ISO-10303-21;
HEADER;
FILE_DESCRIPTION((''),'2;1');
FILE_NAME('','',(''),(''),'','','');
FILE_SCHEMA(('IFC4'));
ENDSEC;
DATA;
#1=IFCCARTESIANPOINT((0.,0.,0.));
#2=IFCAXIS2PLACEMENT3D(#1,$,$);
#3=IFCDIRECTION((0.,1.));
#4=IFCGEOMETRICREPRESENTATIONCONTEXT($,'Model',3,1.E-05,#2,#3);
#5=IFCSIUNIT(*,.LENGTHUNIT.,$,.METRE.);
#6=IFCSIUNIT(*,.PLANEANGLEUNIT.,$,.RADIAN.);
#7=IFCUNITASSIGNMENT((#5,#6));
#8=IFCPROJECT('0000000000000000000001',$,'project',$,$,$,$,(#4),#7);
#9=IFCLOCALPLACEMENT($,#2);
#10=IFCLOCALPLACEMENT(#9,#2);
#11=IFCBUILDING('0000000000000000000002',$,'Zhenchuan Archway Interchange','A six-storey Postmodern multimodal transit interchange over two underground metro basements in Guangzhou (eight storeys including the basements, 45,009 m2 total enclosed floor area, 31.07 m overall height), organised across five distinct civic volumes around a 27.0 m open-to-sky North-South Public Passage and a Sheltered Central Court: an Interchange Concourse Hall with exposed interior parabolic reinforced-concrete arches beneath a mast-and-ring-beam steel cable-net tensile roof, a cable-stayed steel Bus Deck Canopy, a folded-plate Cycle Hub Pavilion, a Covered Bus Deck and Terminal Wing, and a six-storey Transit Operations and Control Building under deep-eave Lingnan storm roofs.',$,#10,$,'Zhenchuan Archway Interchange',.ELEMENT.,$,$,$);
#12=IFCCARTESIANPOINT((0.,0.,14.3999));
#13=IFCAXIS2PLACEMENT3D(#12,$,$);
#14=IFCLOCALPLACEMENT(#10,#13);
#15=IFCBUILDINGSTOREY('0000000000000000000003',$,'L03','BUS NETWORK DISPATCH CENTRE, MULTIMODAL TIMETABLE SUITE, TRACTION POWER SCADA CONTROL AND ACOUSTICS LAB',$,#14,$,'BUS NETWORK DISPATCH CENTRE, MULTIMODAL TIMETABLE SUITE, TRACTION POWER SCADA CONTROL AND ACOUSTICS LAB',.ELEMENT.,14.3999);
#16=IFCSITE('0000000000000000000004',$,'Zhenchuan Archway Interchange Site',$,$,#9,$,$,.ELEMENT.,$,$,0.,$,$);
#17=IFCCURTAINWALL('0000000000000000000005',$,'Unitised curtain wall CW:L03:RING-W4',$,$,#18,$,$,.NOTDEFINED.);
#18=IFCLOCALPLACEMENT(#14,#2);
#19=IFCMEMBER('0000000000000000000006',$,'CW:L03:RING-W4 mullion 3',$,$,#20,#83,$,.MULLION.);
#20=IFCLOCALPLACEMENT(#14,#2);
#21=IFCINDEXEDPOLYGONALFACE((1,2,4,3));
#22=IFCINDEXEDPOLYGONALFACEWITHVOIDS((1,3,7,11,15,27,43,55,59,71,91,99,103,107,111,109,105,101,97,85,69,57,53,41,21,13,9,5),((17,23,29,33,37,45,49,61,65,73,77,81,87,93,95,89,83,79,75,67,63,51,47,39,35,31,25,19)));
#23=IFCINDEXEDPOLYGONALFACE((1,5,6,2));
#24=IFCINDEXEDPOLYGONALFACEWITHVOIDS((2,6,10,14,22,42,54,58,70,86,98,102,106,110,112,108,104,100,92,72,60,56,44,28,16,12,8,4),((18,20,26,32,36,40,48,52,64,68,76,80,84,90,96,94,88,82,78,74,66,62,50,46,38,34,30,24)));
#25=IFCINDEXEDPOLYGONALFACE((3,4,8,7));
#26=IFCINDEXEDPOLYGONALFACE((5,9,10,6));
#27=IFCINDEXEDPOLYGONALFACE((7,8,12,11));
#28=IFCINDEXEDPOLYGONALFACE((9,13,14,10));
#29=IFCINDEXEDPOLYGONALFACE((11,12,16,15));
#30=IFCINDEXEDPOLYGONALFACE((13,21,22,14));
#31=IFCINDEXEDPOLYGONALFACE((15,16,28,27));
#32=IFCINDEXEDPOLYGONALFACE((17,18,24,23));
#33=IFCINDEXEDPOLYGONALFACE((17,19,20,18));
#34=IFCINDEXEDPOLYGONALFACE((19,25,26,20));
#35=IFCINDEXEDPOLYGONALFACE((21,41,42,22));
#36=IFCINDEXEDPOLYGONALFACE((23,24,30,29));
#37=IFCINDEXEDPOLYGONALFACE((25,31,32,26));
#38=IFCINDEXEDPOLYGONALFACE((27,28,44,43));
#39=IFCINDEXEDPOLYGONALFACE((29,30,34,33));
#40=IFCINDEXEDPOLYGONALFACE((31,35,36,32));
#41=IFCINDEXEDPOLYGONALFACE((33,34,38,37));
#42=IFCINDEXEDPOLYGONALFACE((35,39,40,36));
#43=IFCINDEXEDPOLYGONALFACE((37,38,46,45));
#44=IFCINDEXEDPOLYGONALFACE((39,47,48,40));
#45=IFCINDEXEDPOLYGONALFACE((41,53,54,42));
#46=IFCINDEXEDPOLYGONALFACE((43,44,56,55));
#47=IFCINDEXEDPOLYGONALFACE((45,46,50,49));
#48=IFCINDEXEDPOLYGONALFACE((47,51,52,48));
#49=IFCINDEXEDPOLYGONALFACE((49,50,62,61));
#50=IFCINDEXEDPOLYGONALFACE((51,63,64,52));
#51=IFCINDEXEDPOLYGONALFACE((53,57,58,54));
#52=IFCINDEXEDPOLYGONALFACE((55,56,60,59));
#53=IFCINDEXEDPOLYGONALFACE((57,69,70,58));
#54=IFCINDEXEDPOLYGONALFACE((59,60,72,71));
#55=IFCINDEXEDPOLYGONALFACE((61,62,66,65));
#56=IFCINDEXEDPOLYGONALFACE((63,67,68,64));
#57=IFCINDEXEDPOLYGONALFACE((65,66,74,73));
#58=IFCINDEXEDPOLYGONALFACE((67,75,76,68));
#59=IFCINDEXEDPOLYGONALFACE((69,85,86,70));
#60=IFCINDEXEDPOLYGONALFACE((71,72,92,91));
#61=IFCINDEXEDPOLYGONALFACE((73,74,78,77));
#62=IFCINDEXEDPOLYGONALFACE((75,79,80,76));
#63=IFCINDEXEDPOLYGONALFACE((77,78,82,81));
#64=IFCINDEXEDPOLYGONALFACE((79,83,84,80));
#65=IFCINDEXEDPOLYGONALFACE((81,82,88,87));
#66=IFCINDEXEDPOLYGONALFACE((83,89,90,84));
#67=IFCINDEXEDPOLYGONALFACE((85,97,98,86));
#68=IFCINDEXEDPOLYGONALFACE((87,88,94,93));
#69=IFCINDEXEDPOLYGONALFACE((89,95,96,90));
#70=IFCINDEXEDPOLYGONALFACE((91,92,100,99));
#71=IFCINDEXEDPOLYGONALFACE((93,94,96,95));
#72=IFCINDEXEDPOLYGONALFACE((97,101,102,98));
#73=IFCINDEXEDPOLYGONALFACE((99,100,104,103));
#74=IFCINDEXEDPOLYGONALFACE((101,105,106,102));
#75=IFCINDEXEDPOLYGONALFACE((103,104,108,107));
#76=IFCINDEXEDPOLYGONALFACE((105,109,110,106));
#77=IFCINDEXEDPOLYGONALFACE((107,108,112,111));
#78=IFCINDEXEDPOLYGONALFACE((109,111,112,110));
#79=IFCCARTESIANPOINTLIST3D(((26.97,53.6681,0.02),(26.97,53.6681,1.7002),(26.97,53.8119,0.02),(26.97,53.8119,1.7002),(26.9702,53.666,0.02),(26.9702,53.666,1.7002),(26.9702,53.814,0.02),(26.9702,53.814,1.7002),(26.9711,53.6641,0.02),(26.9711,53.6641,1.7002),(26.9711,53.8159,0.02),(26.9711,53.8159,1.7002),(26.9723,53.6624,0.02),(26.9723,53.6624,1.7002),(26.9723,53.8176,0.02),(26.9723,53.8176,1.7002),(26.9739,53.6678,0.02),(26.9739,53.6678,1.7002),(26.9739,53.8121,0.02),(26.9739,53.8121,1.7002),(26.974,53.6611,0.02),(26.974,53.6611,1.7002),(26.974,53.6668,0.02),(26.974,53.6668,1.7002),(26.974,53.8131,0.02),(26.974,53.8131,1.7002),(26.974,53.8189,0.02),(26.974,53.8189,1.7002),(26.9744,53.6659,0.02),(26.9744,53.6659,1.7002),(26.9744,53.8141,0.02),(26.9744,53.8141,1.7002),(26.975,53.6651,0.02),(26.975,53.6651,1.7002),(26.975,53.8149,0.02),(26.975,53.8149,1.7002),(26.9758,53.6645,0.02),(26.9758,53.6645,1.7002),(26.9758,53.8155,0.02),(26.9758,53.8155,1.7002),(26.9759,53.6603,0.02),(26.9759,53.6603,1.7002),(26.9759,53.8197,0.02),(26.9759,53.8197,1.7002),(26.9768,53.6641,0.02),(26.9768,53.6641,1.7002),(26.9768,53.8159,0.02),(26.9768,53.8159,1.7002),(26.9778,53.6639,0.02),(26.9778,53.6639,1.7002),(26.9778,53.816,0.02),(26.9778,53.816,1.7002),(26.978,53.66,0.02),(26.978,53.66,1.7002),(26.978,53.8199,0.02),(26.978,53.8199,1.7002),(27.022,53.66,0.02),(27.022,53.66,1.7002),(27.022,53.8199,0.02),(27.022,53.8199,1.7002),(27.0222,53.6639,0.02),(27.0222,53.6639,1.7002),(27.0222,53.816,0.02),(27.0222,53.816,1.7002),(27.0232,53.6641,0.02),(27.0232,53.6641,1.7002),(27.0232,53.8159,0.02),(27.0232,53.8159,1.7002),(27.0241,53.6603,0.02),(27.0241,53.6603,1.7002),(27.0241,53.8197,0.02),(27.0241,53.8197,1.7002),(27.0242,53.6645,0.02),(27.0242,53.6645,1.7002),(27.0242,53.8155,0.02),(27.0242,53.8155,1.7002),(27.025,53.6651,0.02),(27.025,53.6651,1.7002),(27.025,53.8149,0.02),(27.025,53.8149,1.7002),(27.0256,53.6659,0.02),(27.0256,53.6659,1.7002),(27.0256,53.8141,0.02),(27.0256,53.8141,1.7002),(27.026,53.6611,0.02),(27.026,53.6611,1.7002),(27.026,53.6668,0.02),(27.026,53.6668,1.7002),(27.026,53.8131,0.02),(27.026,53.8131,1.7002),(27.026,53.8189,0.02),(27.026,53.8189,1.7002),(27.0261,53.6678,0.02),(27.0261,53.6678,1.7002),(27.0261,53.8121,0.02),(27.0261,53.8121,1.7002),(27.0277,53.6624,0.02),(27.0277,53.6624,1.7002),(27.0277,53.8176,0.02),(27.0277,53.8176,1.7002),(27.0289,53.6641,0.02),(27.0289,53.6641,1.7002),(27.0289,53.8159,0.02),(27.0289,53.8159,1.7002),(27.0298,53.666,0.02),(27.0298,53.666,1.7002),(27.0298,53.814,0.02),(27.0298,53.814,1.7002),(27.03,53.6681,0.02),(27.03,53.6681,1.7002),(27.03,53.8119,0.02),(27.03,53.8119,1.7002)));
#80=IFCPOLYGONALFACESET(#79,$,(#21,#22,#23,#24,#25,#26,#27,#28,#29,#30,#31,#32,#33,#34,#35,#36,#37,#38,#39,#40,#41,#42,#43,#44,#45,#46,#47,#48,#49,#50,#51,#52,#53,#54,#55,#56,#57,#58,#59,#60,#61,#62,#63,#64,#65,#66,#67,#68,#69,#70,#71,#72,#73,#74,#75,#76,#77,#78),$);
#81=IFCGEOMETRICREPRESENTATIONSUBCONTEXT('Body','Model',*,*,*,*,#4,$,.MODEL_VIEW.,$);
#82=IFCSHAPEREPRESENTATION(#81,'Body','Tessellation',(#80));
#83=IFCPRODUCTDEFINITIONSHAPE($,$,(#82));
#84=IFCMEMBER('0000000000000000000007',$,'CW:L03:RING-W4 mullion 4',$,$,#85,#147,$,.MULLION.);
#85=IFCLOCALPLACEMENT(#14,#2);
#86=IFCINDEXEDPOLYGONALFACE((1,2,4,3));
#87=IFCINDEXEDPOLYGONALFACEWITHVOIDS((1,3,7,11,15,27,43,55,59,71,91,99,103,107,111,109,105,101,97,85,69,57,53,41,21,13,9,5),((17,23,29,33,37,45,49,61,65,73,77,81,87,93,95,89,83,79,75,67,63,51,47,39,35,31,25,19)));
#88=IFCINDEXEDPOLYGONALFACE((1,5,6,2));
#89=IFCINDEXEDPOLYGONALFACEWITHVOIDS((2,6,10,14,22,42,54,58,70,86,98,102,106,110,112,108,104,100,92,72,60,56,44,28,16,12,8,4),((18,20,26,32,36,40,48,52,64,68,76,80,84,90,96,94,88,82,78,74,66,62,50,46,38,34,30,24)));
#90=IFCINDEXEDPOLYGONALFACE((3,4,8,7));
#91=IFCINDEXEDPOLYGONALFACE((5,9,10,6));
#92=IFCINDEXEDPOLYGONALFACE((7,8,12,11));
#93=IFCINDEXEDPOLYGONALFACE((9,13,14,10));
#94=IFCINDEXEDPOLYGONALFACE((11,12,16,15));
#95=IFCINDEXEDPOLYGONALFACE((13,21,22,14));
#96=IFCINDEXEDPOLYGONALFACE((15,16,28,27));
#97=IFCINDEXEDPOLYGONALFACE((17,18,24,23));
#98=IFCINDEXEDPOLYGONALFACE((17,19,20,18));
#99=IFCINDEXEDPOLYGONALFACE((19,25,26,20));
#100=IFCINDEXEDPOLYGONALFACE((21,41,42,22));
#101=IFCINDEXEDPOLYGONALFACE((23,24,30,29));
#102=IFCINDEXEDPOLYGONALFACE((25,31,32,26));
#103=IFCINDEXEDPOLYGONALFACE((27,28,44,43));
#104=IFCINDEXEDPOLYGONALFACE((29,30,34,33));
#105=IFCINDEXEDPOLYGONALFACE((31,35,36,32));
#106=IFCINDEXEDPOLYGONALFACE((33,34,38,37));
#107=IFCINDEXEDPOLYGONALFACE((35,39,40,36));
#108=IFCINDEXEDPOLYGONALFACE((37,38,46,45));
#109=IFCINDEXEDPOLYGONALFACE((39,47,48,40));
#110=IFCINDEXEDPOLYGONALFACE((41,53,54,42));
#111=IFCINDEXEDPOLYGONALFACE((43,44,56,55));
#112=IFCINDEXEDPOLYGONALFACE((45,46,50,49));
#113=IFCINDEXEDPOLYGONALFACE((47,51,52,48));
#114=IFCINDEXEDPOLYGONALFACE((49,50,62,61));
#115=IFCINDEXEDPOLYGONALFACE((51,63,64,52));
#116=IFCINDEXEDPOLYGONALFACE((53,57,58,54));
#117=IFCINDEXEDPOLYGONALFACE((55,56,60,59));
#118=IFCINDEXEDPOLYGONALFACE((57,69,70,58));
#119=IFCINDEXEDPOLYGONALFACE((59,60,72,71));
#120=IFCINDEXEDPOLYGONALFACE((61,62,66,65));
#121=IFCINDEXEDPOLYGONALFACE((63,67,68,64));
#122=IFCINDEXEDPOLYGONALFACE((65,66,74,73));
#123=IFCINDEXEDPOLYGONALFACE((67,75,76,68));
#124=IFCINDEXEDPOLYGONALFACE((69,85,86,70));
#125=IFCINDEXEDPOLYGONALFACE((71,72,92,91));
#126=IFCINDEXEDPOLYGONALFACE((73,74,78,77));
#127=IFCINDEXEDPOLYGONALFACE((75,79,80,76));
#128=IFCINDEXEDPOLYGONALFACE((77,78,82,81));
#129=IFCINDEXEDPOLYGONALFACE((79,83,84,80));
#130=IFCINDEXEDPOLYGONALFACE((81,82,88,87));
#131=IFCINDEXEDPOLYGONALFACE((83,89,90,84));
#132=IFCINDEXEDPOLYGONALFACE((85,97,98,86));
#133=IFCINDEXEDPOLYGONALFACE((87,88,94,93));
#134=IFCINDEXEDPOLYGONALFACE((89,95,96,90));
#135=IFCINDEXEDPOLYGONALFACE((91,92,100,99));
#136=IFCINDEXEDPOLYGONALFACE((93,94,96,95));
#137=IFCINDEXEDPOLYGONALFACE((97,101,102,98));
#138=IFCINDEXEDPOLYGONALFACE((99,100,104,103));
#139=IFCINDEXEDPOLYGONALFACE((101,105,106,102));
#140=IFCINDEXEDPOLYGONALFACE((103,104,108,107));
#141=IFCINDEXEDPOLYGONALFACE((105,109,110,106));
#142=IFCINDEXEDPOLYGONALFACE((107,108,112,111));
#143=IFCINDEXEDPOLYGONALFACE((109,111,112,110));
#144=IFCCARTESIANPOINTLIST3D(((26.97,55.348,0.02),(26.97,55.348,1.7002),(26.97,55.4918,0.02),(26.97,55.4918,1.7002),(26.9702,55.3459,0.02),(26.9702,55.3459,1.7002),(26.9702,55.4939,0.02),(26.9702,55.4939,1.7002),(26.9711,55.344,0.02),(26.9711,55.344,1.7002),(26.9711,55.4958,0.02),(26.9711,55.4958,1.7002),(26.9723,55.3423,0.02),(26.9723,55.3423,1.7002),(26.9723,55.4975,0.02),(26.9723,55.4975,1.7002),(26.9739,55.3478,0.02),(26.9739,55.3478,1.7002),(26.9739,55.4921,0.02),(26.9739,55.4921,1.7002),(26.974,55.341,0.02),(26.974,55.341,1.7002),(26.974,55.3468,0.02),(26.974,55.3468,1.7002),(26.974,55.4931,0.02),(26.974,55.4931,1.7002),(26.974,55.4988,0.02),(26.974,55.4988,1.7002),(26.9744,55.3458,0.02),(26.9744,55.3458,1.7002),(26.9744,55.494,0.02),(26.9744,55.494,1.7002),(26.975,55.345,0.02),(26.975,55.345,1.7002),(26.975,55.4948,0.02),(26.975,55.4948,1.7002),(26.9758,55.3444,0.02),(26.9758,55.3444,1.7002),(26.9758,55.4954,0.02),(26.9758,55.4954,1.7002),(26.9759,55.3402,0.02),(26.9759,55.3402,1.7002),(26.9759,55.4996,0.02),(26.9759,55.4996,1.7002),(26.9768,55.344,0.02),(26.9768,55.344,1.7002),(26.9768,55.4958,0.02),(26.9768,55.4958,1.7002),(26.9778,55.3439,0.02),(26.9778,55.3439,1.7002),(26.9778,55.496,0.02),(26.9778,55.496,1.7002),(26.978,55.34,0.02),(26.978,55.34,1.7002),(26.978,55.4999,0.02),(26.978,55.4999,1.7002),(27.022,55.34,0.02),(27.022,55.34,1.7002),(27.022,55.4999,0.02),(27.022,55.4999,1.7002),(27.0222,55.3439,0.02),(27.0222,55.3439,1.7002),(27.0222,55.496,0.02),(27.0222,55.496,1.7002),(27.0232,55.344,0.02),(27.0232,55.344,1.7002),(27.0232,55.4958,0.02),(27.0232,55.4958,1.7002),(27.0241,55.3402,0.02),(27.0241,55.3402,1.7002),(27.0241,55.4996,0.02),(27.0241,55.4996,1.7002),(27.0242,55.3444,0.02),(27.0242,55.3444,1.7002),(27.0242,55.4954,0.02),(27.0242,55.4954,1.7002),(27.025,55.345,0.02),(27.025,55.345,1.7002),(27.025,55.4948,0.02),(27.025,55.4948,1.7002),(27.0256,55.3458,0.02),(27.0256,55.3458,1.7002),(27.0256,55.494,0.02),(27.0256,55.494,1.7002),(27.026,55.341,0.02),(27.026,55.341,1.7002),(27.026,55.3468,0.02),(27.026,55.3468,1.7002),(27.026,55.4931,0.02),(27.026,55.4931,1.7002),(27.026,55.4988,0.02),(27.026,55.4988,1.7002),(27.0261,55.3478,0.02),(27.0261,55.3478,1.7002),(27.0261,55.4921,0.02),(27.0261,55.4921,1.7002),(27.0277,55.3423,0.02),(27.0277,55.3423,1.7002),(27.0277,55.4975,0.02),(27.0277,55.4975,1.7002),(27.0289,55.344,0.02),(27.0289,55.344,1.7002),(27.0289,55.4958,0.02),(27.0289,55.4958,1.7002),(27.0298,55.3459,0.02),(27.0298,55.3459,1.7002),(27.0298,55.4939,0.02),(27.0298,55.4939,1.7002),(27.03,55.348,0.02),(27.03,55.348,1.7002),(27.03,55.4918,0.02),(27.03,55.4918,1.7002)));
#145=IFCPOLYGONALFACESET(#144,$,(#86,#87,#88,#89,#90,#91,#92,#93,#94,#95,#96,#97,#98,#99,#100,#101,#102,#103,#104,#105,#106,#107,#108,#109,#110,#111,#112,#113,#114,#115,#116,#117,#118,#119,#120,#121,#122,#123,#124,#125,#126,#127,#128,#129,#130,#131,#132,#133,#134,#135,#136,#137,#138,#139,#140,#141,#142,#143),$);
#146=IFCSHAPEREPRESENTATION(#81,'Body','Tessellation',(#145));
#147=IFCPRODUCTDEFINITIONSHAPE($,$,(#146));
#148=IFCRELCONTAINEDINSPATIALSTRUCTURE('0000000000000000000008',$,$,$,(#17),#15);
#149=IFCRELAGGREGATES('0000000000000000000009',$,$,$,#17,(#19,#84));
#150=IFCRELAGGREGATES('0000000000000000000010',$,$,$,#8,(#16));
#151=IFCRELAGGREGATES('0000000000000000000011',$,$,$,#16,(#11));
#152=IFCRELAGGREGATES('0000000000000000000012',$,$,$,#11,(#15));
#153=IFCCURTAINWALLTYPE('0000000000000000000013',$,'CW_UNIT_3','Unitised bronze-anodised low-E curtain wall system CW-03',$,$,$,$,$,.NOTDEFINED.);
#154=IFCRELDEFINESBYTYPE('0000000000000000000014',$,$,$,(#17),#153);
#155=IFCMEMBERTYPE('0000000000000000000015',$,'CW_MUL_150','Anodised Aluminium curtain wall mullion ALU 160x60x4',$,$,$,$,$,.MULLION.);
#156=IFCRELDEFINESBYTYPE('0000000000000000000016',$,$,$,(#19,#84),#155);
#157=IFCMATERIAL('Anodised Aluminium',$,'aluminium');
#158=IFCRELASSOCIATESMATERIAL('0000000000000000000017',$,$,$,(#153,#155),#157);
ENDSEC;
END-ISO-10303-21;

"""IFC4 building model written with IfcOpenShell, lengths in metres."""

from ifc_helpers import new_model, si_unit, direction, frame, origin, origin_2d, place, context, subcontext, project, spatial, hollow_rectangle, extrude, material, material_profile, profile_set, type_object, element, aggregate, save


model = new_model("IFC4")

# Units and contexts
model_context = context("Model", 3, precision=1e-05, world=origin(), true_north=direction((0.0, 1.0)))
body_context = subcontext(model_context, "Body", "Model", "MODEL_VIEW")
ifc_project = project(units=[si_unit("LENGTHUNIT", "METRE"), si_unit("PLANEANGLEUNIT", "RADIAN")], contexts=[model_context])

# Site, building, storey
site_placement = place(None, origin())
site = spatial("IfcSite", under=ifc_project, at=site_placement, Name="Zhenchuan Archway Interchange Site", CompositionType="ELEMENT", RefElevation=0.0)
building_placement = place(site_placement, origin())
building = spatial("IfcBuilding", under=site, at=building_placement, Name="Zhenchuan Archway Interchange", Description="A six-storey Postmodern multimodal transit interchange over two underground metro basements in Guangzhou (eight storeys including the basements, 45,009 m2 total enclosed floor area, 31.07 m overall height), organised across five distinct civic volumes around a 27.0 m open-to-sky North-South Public Passage and a Sheltered Central Court: an Interchange Concourse Hall with exposed interior parabolic reinforced-concrete arches beneath a mast-and-ring-beam steel cable-net tensile roof, a cable-stayed steel Bus Deck Canopy, a folded-plate Cycle Hub Pavilion, a Covered Bus Deck and Terminal Wing, and a six-storey Transit Operations and Control Building under deep-eave Lingnan storm roofs.", LongName="Zhenchuan Archway Interchange", CompositionType="ELEMENT")
storey_placement = place(building_placement, frame((0.0, 0.0, 14.3999)))
storey = spatial("IfcBuildingStorey", under=building, at=storey_placement, Name="L03", Description="BUS NETWORK DISPATCH CENTRE, MULTIMODAL TIMETABLE SUITE, TRACTION POWER SCADA CONTROL AND ACOUSTICS LAB", LongName="BUS NETWORK DISPATCH CENTRE, MULTIMODAL TIMETABLE SUITE, TRACTION POWER SCADA CONTROL AND ACOUSTICS LAB", CompositionType="ELEMENT", Elevation=14.3999)

# Shared definitions
ifc_material_1 = material(Name="Anodised Aluminium", Category="aluminium")
curtain_wall_type = type_object("IfcCurtainWallType", Name="CW_UNIT_3", Description="Unitised bronze-anodised low-E curtain wall system CW-03", PredefinedType="NOTDEFINED", material=ifc_material_1)
ifc_material_profile_1 = material_profile(ifc_material_1, hollow_rectangle(XDim=0.0601, YDim=0.1599, WallThickness=0.0039, InnerFilletRadius=0.0039, OuterFilletRadius=0.0081, at=origin_2d()), Name="ALU 160x60x4")
ifc_profile_set_1 = profile_set([ifc_material_profile_1], Name="Anodised Aluminium")
member_type_1 = type_object("IfcMemberType", Name="CW_MUL_150", Description="Anodised Aluminium curtain wall mullion ALU 160x60x4", PredefinedType="MULLION", material=ifc_profile_set_1)

# Curtain wall, members
curtain_wall_1_placement = place(storey_placement, origin())
curtain_wall_1 = element("IfcCurtainWall", 1, at=curtain_wall_1_placement, inside=storey, type_object=curtain_wall_type, Name="Unitised curtain wall CW:L03:RING-W4", PredefinedType="NOTDEFINED")
member_1_placement = place(storey_placement, frame((27.0, 53.74, 0.02), z_axis=(0.0, 0.0, 1.0), x_axis=(1.0, 0.0, 0.0)))
member_1 = element("IfcMember", 2, at=member_1_placement, type_object=member_type_1, Name="CW:L03:RING-W4 mullion 3", PredefinedType="MULLION", context=body_context, shape_type="SweptSolid", body=[
    extrude(hollow_rectangle(XDim=0.0601, YDim=0.1599, WallThickness=0.0039, InnerFilletRadius=0.0039, OuterFilletRadius=0.0081, at=origin_2d()), origin(), (0.0, 0.0, 1.0), 1.6802),
])
member_2_placement = place(storey_placement, frame((27.0, 55.4199, 0.02), z_axis=(0.0, 0.0, 1.0), x_axis=(1.0, 0.0, 0.0)))
member_2 = element("IfcMember", 3, at=member_2_placement, type_object=member_type_1, Name="CW:L03:RING-W4 mullion 4", PredefinedType="MULLION", context=body_context, shape_type="SweptSolid", body=[
    extrude(hollow_rectangle(XDim=0.0601, YDim=0.1599, WallThickness=0.0039, InnerFilletRadius=0.0039, OuterFilletRadius=0.0081, at=origin_2d()), origin(), (0.0, 0.0, 1.0), 1.6802),
])

aggregate(curtain_wall_1, [member_1, member_2])

save(model, "model.ifc")
